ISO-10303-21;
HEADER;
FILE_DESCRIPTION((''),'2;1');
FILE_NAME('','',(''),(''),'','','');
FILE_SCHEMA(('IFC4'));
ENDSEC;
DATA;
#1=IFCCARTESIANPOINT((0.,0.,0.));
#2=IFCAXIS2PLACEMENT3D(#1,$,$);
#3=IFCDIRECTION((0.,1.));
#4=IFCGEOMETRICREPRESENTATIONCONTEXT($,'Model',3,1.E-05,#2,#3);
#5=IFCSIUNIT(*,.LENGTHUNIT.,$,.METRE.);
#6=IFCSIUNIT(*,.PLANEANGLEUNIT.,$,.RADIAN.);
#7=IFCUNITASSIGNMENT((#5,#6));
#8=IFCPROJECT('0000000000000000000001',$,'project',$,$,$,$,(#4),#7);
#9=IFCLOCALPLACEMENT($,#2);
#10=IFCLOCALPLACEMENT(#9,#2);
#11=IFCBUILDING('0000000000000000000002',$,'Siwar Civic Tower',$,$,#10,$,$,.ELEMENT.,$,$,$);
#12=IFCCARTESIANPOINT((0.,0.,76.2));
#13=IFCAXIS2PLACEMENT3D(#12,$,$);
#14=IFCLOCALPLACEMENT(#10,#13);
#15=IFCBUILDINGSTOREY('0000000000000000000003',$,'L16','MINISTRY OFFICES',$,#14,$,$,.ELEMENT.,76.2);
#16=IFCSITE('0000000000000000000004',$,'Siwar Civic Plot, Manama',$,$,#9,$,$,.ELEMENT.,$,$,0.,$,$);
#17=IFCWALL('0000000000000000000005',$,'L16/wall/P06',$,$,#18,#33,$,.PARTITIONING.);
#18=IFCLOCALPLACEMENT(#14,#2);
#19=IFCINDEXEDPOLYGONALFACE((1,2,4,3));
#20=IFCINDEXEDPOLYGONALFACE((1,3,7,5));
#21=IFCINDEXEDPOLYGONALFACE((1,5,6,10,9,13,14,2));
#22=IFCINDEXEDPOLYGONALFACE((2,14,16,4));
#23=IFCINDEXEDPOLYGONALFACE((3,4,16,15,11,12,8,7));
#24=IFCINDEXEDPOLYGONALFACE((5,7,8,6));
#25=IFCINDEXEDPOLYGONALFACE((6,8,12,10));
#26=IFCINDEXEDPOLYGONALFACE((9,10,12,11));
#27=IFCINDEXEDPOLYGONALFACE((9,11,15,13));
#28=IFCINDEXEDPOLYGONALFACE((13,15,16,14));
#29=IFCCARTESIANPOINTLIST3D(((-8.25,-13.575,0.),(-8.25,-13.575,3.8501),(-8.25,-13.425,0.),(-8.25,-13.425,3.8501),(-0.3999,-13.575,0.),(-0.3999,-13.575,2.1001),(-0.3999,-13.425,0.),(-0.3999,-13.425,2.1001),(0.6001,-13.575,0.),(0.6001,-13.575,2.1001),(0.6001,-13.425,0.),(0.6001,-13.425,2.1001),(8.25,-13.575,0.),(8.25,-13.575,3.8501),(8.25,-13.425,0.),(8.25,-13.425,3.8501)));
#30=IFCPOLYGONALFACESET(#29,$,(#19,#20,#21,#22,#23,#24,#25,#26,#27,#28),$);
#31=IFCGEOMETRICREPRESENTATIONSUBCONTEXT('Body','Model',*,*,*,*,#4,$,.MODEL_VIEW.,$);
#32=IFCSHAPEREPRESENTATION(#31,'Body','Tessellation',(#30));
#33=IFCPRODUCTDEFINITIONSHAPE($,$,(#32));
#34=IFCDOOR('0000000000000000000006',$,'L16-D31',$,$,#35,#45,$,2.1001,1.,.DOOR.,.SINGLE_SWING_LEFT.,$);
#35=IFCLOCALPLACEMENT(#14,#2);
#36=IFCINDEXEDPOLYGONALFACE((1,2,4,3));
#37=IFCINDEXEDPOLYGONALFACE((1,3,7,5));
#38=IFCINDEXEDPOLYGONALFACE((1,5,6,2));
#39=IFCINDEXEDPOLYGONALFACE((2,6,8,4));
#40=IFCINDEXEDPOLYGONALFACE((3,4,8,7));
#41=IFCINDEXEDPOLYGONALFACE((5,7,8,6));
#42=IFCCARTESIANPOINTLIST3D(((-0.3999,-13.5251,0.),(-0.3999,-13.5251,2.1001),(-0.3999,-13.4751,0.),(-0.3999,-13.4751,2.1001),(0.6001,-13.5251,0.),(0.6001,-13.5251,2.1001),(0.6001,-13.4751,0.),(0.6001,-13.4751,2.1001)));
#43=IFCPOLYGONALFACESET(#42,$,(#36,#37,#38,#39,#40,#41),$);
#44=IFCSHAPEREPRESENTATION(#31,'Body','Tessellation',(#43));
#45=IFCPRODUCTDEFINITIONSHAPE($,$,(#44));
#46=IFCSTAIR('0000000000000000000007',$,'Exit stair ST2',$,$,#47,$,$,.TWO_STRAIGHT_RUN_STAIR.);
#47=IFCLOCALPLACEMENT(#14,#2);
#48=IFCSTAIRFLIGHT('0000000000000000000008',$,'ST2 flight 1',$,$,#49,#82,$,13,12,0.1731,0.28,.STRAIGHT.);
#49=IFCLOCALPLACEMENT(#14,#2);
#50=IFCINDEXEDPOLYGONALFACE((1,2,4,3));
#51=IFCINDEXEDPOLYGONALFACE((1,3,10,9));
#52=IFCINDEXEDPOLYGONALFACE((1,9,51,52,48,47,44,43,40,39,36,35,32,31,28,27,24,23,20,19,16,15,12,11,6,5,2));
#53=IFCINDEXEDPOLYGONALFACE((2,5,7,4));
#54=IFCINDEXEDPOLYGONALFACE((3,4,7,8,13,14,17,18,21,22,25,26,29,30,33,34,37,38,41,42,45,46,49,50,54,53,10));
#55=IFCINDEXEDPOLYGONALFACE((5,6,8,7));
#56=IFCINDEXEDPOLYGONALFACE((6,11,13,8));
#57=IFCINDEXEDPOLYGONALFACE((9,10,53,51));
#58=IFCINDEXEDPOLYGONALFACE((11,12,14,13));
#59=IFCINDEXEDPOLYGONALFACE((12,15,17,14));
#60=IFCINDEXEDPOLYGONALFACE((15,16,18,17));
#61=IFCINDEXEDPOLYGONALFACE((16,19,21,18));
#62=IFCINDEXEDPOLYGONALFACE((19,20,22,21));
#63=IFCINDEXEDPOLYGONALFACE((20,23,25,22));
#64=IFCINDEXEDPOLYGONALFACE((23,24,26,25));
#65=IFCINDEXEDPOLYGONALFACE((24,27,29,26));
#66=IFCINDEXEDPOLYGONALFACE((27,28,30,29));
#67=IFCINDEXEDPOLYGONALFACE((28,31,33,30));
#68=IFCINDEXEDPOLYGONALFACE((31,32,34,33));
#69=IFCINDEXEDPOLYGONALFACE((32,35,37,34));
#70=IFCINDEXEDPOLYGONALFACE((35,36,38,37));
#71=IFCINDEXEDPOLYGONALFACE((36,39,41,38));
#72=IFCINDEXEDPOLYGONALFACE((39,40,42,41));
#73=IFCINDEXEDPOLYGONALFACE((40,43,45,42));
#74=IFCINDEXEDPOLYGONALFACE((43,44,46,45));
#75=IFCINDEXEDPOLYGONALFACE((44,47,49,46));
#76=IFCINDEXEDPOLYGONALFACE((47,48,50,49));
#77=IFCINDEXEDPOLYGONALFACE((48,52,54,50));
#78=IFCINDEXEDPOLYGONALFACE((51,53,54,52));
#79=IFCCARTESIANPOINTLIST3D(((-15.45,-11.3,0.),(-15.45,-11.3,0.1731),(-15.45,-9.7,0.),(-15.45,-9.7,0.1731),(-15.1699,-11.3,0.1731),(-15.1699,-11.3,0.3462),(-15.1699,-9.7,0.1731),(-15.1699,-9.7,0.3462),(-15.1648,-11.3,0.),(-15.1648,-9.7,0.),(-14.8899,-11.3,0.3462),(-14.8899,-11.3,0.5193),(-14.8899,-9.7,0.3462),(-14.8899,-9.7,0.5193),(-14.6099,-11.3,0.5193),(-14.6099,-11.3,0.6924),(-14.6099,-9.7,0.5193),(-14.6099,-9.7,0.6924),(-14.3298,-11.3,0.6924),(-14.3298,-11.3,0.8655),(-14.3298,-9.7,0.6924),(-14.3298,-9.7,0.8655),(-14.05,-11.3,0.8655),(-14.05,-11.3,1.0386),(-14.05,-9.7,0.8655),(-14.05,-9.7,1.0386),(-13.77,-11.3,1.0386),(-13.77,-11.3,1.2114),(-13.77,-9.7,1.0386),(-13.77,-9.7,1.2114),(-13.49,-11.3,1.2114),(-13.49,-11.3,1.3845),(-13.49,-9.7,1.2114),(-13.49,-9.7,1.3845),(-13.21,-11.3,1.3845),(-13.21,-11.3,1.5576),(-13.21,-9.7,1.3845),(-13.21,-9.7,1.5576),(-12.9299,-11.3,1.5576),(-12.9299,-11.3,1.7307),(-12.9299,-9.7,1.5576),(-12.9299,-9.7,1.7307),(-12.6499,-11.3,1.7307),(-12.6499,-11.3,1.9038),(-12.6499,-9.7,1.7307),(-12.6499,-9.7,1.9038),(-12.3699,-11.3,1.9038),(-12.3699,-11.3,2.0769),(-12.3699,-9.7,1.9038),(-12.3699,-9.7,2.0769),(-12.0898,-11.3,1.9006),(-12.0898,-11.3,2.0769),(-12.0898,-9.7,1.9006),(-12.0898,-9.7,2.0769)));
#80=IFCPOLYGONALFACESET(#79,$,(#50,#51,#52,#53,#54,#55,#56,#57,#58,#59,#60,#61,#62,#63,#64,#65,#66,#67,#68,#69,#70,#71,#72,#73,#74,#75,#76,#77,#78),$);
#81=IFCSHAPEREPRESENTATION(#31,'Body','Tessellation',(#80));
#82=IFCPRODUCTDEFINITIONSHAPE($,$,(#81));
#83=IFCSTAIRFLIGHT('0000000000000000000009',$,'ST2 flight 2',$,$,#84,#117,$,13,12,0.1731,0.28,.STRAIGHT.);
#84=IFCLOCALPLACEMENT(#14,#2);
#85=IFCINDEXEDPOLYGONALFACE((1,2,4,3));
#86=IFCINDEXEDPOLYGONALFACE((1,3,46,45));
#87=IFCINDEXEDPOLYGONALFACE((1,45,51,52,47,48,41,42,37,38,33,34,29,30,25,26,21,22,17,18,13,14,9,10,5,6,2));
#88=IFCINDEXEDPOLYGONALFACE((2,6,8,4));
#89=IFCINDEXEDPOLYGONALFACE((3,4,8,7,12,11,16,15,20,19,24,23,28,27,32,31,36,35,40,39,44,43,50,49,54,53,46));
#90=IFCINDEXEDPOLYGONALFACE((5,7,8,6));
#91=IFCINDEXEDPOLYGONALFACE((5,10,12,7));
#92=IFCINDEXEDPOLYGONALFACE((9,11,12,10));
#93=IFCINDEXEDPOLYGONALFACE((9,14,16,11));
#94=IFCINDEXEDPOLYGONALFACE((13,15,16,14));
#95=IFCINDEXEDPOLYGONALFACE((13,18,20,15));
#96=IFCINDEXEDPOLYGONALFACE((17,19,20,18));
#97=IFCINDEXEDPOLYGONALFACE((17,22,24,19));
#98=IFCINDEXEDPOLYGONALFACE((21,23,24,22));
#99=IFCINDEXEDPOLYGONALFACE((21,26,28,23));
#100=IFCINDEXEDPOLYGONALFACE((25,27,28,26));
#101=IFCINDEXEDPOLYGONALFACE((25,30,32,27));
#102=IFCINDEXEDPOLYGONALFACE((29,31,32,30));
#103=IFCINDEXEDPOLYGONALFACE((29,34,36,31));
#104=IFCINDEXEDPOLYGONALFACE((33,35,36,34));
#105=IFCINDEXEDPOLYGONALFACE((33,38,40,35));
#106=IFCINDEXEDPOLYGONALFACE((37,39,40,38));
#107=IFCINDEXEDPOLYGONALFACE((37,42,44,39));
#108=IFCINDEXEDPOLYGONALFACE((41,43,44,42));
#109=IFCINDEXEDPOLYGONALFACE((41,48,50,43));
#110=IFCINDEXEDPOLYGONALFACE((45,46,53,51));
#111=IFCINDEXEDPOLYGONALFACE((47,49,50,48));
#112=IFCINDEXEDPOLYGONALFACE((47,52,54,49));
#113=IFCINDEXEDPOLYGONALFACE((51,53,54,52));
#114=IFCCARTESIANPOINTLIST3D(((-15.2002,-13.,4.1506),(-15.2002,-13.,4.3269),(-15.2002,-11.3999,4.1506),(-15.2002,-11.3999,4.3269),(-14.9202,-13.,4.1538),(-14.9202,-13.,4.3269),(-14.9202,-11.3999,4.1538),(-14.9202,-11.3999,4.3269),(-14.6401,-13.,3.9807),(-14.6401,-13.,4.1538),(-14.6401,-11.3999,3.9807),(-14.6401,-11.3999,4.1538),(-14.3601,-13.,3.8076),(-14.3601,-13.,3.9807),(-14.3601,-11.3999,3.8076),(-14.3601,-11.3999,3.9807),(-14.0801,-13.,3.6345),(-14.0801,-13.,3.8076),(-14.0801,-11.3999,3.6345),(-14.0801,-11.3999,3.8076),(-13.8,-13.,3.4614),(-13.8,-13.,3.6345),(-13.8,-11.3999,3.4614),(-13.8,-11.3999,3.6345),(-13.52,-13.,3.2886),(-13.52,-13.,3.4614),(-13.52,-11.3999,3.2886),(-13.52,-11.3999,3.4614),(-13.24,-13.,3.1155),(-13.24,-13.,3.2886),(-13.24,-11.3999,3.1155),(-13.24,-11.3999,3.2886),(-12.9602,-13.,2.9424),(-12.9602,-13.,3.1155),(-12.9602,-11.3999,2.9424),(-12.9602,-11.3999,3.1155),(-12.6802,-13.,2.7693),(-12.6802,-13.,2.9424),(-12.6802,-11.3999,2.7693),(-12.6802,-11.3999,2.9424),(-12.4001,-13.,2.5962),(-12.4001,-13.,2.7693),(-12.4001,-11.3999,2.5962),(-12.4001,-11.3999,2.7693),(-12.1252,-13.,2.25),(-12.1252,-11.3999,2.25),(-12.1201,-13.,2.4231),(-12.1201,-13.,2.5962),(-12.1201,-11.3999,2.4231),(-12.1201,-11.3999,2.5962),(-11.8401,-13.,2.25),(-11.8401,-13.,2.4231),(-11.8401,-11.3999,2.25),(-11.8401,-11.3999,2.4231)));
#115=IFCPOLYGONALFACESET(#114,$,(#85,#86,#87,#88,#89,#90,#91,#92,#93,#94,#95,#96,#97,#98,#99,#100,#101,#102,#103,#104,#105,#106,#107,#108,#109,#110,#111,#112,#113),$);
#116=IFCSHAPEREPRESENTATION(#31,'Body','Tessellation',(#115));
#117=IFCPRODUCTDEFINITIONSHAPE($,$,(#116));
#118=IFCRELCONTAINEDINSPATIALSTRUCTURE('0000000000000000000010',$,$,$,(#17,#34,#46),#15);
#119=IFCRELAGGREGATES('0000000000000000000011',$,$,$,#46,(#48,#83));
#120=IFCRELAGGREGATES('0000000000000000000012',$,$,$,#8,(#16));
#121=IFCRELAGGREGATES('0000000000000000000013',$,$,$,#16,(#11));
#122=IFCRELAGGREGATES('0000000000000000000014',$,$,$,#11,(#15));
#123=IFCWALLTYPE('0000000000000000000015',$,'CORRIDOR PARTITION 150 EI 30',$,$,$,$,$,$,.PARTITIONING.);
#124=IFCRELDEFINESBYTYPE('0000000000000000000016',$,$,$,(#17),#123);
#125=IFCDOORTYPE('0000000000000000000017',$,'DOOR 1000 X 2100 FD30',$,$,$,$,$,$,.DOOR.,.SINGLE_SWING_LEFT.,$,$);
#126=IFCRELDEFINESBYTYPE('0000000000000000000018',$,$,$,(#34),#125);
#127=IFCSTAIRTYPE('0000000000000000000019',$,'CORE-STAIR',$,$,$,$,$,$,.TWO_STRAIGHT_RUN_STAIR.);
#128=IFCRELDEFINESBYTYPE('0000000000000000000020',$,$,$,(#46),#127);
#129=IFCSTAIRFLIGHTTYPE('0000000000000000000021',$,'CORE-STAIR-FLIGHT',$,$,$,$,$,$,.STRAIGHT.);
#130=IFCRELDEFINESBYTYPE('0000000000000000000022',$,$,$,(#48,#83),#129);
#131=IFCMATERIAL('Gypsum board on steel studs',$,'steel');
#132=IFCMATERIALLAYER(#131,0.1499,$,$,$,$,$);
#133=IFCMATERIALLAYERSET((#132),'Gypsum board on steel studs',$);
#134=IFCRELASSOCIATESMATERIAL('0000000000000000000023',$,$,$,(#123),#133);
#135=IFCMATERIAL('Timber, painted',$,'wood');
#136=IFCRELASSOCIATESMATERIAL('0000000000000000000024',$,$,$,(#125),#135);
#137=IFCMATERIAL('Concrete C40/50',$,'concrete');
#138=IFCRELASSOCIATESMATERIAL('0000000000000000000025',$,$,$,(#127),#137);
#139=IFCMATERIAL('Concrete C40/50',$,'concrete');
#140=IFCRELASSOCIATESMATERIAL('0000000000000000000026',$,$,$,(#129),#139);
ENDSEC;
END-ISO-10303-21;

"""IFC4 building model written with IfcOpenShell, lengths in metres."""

from ifc_helpers import new_model, si_unit, direction, frame, frame_2d, origin, place, context, subcontext, project, spatial, polyline, rectangle, outline, extrude, material, layer, layer_set, type_object, element, fill, aggregate, save


model = new_model("IFC4")

# Units and contexts
model_context = context("Model", 3, precision=1e-05, world=origin(), true_north=direction((0.0, 1.0)))
body_context = subcontext(model_context, "Body", "Model", "MODEL_VIEW")
ifc_project = project(units=[si_unit("LENGTHUNIT", "METRE"), si_unit("PLANEANGLEUNIT", "RADIAN")], contexts=[model_context])

# Site, building, storey
site_placement = place(None, origin())
site = spatial("IfcSite", under=ifc_project, at=site_placement, Name="Siwar Civic Plot, Manama", CompositionType="ELEMENT", RefElevation=0.0)
building_placement = place(site_placement, origin())
building = spatial("IfcBuilding", under=site, at=building_placement, Name="Siwar Civic Tower", CompositionType="ELEMENT")
storey_placement = place(building_placement, frame((0.0, 0.0, 76.2)))
storey = spatial("IfcBuildingStorey", under=building, at=storey_placement, Name="L16", Description="MINISTRY OFFICES", CompositionType="ELEMENT", Elevation=76.2)

# Wall, opening, door
ifc_material_1 = material(Name="Gypsum board on steel studs", Category="steel")
ifc_layer_1 = layer(ifc_material_1, 0.1499)
ifc_layer_set_1 = layer_set([ifc_layer_1], Name="Gypsum board on steel studs")
wall_type_1 = type_object("IfcWallType", Name="CORRIDOR PARTITION 150 EI 30", PredefinedType="PARTITIONING", material=ifc_layer_set_1)
wall_1_placement = place(storey_placement, frame((-8.25, -13.5, 0.0), z_axis=(0.0, 0.0, 1.0), x_axis=(1.0, 0.0, 0.0)))
wall_1 = element("IfcWall", 1, at=wall_1_placement, inside=storey, type_object=wall_type_1, Name="L16/wall/P06", PredefinedType="PARTITIONING", context=body_context, shape_type="SweptSolid", body=[
    extrude(rectangle(XDim=16.5, YDim=0.1499, at=frame_2d((8.25, 0.0))), origin(), (0.0, 0.0, 1.0), 3.8501),
])
opening_1_placement = place(wall_1_placement, frame((7.8501, 0.0, 0.0)))
opening_1 = element("IfcOpeningElement", 2, at=opening_1_placement, cuts=wall_1, PredefinedType="OPENING", context=body_context, shape_type="SweptSolid", body=[
    extrude(rectangle(XDim=1.0, YDim=2.1001, at=frame_2d((0.5, 1.05))), frame((0.0, 0.085, 0.0), z_axis=(0.0, -1.0, 0.0), x_axis=(1.0, 0.0, 0.0)), (0.0, 0.0, 1.0), 0.1699),
])
ifc_material_2 = material(Name="Timber, painted", Category="wood")
door_type_1 = type_object("IfcDoorType", Name="DOOR 1000 X 2100 FD30", OperationType="SINGLE_SWING_LEFT", PredefinedType="DOOR", material=ifc_material_2)
door_1_placement = place(opening_1_placement, origin())
door_1 = element("IfcDoor", 3, at=door_1_placement, inside=storey, type_object=door_type_1, Name="L16-D31", OperationType="SINGLE_SWING_LEFT", OverallHeight=2.1001, OverallWidth=1.0, PredefinedType="DOOR", context=body_context, shape_type="SweptSolid", body=[
    extrude(rectangle(XDim=1.0, YDim=2.1001, at=frame_2d((0.5, 1.05))), frame((0.0, 0.0249, 0.0), z_axis=(0.0, -1.0, 0.0), x_axis=(1.0, 0.0, 0.0)), (0.0, 0.0, 1.0), 0.05),
])
fill(opening_1, door_1)

# Stair, stair flights
ifc_material_3 = material(Name="Concrete C40/50", Category="concrete")
stair_type = type_object("IfcStairType", Name="CORE-STAIR", PredefinedType="TWO_STRAIGHT_RUN_STAIR", material=ifc_material_3)
stair_placement = place(storey_placement, origin())
stair = element("IfcStair", 4, at=stair_placement, inside=storey, type_object=stair_type, Name="Exit stair ST2", PredefinedType="TWO_STRAIGHT_RUN_STAIR")
ifc_material_4 = material(Name="Concrete C40/50", Category="concrete")
stair_flight_type = type_object("IfcStairFlightType", Name="CORE-STAIR-FLIGHT", PredefinedType="STRAIGHT", material=ifc_material_4)
stair_flight_1_placement = place(storey_placement, frame((-15.45, -10.5, 0.0), z_axis=(0.0, 0.0, 1.0), x_axis=(1.0, 0.0, 0.0)))
stair_flight_1 = element("IfcStairFlight", 5, at=stair_flight_1_placement, type_object=stair_flight_type, Name="ST2 flight 1", NumberOfRisers=13, NumberOfTreads=12, PredefinedType="STRAIGHT", RiserHeight=0.1731, TreadLength=0.28, context=body_context, shape_type="SweptSolid", body=[
    extrude(outline(polyline([(0.0, 0.0), (0.0, 0.1731), (0.28, 0.1731), (0.28, 0.3462), (0.5601, 0.3462), (0.5601, 0.5193), (0.8401, 0.5193), (0.8401, 0.6924), (1.1201, 0.6924), (1.1201, 0.8655), (1.3999, 0.8655), (1.3999, 1.0386), (1.6799, 1.0386), (1.6799, 1.2114), (1.96, 1.2114), (1.96, 1.3845), (2.24, 1.3845), (2.24, 1.5576), (2.52, 1.5576), (2.52, 1.7307), (2.8, 1.7307), (2.8, 1.9038), (3.0801, 1.9038), (3.0801, 2.0769), (3.3601, 2.0769), (3.3601, 2.25), (3.3601, 1.9006), (0.2852, 0.0), (0.0, 0.0)])), frame((0.0, 0.8, 0.0), z_axis=(0.0, -1.0, 0.0), x_axis=(1.0, 0.0, 0.0)), (0.0, 0.0, 1.0), 1.6001),
])
stair_flight_2_placement = place(storey_placement, frame((-11.8401, -12.2, 2.25), z_axis=(0.0, 0.0, 1.0), x_axis=(-1.0, 0.0, 0.0)))
stair_flight_2 = element("IfcStairFlight", 6, at=stair_flight_2_placement, type_object=stair_flight_type, Name="ST2 flight 2", NumberOfRisers=13, NumberOfTreads=12, PredefinedType="STRAIGHT", RiserHeight=0.1731, TreadLength=0.28, context=body_context, shape_type="SweptSolid", body=[
    extrude(outline(polyline([(0.0, 0.0), (0.0, 0.1731), (0.28, 0.1731), (0.28, 0.3462), (0.5601, 0.3462), (0.5601, 0.5193), (0.8401, 0.5193), (0.8401, 0.6924), (1.1201, 0.6924), (1.1201, 0.8655), (1.3999, 0.8655), (1.3999, 1.0386), (1.6799, 1.0386), (1.6799, 1.2114), (1.96, 1.2114), (1.96, 1.3845), (2.24, 1.3845), (2.24, 1.5576), (2.52, 1.5576), (2.52, 1.7307), (2.8, 1.7307), (2.8, 1.9038), (3.0801, 1.9038), (3.0801, 2.0769), (3.3601, 2.0769), (3.3601, 2.25), (3.3601, 1.9006), (0.2852, 0.0), (0.0, 0.0)])), frame((0.0, 0.8, 0.0), z_axis=(0.0, -1.0, 0.0), x_axis=(1.0, 0.0, 0.0)), (0.0, 0.0, 1.0), 1.6001),
])
aggregate(stair, [stair_flight_1, stair_flight_2])

save(model, "model.ifc")
